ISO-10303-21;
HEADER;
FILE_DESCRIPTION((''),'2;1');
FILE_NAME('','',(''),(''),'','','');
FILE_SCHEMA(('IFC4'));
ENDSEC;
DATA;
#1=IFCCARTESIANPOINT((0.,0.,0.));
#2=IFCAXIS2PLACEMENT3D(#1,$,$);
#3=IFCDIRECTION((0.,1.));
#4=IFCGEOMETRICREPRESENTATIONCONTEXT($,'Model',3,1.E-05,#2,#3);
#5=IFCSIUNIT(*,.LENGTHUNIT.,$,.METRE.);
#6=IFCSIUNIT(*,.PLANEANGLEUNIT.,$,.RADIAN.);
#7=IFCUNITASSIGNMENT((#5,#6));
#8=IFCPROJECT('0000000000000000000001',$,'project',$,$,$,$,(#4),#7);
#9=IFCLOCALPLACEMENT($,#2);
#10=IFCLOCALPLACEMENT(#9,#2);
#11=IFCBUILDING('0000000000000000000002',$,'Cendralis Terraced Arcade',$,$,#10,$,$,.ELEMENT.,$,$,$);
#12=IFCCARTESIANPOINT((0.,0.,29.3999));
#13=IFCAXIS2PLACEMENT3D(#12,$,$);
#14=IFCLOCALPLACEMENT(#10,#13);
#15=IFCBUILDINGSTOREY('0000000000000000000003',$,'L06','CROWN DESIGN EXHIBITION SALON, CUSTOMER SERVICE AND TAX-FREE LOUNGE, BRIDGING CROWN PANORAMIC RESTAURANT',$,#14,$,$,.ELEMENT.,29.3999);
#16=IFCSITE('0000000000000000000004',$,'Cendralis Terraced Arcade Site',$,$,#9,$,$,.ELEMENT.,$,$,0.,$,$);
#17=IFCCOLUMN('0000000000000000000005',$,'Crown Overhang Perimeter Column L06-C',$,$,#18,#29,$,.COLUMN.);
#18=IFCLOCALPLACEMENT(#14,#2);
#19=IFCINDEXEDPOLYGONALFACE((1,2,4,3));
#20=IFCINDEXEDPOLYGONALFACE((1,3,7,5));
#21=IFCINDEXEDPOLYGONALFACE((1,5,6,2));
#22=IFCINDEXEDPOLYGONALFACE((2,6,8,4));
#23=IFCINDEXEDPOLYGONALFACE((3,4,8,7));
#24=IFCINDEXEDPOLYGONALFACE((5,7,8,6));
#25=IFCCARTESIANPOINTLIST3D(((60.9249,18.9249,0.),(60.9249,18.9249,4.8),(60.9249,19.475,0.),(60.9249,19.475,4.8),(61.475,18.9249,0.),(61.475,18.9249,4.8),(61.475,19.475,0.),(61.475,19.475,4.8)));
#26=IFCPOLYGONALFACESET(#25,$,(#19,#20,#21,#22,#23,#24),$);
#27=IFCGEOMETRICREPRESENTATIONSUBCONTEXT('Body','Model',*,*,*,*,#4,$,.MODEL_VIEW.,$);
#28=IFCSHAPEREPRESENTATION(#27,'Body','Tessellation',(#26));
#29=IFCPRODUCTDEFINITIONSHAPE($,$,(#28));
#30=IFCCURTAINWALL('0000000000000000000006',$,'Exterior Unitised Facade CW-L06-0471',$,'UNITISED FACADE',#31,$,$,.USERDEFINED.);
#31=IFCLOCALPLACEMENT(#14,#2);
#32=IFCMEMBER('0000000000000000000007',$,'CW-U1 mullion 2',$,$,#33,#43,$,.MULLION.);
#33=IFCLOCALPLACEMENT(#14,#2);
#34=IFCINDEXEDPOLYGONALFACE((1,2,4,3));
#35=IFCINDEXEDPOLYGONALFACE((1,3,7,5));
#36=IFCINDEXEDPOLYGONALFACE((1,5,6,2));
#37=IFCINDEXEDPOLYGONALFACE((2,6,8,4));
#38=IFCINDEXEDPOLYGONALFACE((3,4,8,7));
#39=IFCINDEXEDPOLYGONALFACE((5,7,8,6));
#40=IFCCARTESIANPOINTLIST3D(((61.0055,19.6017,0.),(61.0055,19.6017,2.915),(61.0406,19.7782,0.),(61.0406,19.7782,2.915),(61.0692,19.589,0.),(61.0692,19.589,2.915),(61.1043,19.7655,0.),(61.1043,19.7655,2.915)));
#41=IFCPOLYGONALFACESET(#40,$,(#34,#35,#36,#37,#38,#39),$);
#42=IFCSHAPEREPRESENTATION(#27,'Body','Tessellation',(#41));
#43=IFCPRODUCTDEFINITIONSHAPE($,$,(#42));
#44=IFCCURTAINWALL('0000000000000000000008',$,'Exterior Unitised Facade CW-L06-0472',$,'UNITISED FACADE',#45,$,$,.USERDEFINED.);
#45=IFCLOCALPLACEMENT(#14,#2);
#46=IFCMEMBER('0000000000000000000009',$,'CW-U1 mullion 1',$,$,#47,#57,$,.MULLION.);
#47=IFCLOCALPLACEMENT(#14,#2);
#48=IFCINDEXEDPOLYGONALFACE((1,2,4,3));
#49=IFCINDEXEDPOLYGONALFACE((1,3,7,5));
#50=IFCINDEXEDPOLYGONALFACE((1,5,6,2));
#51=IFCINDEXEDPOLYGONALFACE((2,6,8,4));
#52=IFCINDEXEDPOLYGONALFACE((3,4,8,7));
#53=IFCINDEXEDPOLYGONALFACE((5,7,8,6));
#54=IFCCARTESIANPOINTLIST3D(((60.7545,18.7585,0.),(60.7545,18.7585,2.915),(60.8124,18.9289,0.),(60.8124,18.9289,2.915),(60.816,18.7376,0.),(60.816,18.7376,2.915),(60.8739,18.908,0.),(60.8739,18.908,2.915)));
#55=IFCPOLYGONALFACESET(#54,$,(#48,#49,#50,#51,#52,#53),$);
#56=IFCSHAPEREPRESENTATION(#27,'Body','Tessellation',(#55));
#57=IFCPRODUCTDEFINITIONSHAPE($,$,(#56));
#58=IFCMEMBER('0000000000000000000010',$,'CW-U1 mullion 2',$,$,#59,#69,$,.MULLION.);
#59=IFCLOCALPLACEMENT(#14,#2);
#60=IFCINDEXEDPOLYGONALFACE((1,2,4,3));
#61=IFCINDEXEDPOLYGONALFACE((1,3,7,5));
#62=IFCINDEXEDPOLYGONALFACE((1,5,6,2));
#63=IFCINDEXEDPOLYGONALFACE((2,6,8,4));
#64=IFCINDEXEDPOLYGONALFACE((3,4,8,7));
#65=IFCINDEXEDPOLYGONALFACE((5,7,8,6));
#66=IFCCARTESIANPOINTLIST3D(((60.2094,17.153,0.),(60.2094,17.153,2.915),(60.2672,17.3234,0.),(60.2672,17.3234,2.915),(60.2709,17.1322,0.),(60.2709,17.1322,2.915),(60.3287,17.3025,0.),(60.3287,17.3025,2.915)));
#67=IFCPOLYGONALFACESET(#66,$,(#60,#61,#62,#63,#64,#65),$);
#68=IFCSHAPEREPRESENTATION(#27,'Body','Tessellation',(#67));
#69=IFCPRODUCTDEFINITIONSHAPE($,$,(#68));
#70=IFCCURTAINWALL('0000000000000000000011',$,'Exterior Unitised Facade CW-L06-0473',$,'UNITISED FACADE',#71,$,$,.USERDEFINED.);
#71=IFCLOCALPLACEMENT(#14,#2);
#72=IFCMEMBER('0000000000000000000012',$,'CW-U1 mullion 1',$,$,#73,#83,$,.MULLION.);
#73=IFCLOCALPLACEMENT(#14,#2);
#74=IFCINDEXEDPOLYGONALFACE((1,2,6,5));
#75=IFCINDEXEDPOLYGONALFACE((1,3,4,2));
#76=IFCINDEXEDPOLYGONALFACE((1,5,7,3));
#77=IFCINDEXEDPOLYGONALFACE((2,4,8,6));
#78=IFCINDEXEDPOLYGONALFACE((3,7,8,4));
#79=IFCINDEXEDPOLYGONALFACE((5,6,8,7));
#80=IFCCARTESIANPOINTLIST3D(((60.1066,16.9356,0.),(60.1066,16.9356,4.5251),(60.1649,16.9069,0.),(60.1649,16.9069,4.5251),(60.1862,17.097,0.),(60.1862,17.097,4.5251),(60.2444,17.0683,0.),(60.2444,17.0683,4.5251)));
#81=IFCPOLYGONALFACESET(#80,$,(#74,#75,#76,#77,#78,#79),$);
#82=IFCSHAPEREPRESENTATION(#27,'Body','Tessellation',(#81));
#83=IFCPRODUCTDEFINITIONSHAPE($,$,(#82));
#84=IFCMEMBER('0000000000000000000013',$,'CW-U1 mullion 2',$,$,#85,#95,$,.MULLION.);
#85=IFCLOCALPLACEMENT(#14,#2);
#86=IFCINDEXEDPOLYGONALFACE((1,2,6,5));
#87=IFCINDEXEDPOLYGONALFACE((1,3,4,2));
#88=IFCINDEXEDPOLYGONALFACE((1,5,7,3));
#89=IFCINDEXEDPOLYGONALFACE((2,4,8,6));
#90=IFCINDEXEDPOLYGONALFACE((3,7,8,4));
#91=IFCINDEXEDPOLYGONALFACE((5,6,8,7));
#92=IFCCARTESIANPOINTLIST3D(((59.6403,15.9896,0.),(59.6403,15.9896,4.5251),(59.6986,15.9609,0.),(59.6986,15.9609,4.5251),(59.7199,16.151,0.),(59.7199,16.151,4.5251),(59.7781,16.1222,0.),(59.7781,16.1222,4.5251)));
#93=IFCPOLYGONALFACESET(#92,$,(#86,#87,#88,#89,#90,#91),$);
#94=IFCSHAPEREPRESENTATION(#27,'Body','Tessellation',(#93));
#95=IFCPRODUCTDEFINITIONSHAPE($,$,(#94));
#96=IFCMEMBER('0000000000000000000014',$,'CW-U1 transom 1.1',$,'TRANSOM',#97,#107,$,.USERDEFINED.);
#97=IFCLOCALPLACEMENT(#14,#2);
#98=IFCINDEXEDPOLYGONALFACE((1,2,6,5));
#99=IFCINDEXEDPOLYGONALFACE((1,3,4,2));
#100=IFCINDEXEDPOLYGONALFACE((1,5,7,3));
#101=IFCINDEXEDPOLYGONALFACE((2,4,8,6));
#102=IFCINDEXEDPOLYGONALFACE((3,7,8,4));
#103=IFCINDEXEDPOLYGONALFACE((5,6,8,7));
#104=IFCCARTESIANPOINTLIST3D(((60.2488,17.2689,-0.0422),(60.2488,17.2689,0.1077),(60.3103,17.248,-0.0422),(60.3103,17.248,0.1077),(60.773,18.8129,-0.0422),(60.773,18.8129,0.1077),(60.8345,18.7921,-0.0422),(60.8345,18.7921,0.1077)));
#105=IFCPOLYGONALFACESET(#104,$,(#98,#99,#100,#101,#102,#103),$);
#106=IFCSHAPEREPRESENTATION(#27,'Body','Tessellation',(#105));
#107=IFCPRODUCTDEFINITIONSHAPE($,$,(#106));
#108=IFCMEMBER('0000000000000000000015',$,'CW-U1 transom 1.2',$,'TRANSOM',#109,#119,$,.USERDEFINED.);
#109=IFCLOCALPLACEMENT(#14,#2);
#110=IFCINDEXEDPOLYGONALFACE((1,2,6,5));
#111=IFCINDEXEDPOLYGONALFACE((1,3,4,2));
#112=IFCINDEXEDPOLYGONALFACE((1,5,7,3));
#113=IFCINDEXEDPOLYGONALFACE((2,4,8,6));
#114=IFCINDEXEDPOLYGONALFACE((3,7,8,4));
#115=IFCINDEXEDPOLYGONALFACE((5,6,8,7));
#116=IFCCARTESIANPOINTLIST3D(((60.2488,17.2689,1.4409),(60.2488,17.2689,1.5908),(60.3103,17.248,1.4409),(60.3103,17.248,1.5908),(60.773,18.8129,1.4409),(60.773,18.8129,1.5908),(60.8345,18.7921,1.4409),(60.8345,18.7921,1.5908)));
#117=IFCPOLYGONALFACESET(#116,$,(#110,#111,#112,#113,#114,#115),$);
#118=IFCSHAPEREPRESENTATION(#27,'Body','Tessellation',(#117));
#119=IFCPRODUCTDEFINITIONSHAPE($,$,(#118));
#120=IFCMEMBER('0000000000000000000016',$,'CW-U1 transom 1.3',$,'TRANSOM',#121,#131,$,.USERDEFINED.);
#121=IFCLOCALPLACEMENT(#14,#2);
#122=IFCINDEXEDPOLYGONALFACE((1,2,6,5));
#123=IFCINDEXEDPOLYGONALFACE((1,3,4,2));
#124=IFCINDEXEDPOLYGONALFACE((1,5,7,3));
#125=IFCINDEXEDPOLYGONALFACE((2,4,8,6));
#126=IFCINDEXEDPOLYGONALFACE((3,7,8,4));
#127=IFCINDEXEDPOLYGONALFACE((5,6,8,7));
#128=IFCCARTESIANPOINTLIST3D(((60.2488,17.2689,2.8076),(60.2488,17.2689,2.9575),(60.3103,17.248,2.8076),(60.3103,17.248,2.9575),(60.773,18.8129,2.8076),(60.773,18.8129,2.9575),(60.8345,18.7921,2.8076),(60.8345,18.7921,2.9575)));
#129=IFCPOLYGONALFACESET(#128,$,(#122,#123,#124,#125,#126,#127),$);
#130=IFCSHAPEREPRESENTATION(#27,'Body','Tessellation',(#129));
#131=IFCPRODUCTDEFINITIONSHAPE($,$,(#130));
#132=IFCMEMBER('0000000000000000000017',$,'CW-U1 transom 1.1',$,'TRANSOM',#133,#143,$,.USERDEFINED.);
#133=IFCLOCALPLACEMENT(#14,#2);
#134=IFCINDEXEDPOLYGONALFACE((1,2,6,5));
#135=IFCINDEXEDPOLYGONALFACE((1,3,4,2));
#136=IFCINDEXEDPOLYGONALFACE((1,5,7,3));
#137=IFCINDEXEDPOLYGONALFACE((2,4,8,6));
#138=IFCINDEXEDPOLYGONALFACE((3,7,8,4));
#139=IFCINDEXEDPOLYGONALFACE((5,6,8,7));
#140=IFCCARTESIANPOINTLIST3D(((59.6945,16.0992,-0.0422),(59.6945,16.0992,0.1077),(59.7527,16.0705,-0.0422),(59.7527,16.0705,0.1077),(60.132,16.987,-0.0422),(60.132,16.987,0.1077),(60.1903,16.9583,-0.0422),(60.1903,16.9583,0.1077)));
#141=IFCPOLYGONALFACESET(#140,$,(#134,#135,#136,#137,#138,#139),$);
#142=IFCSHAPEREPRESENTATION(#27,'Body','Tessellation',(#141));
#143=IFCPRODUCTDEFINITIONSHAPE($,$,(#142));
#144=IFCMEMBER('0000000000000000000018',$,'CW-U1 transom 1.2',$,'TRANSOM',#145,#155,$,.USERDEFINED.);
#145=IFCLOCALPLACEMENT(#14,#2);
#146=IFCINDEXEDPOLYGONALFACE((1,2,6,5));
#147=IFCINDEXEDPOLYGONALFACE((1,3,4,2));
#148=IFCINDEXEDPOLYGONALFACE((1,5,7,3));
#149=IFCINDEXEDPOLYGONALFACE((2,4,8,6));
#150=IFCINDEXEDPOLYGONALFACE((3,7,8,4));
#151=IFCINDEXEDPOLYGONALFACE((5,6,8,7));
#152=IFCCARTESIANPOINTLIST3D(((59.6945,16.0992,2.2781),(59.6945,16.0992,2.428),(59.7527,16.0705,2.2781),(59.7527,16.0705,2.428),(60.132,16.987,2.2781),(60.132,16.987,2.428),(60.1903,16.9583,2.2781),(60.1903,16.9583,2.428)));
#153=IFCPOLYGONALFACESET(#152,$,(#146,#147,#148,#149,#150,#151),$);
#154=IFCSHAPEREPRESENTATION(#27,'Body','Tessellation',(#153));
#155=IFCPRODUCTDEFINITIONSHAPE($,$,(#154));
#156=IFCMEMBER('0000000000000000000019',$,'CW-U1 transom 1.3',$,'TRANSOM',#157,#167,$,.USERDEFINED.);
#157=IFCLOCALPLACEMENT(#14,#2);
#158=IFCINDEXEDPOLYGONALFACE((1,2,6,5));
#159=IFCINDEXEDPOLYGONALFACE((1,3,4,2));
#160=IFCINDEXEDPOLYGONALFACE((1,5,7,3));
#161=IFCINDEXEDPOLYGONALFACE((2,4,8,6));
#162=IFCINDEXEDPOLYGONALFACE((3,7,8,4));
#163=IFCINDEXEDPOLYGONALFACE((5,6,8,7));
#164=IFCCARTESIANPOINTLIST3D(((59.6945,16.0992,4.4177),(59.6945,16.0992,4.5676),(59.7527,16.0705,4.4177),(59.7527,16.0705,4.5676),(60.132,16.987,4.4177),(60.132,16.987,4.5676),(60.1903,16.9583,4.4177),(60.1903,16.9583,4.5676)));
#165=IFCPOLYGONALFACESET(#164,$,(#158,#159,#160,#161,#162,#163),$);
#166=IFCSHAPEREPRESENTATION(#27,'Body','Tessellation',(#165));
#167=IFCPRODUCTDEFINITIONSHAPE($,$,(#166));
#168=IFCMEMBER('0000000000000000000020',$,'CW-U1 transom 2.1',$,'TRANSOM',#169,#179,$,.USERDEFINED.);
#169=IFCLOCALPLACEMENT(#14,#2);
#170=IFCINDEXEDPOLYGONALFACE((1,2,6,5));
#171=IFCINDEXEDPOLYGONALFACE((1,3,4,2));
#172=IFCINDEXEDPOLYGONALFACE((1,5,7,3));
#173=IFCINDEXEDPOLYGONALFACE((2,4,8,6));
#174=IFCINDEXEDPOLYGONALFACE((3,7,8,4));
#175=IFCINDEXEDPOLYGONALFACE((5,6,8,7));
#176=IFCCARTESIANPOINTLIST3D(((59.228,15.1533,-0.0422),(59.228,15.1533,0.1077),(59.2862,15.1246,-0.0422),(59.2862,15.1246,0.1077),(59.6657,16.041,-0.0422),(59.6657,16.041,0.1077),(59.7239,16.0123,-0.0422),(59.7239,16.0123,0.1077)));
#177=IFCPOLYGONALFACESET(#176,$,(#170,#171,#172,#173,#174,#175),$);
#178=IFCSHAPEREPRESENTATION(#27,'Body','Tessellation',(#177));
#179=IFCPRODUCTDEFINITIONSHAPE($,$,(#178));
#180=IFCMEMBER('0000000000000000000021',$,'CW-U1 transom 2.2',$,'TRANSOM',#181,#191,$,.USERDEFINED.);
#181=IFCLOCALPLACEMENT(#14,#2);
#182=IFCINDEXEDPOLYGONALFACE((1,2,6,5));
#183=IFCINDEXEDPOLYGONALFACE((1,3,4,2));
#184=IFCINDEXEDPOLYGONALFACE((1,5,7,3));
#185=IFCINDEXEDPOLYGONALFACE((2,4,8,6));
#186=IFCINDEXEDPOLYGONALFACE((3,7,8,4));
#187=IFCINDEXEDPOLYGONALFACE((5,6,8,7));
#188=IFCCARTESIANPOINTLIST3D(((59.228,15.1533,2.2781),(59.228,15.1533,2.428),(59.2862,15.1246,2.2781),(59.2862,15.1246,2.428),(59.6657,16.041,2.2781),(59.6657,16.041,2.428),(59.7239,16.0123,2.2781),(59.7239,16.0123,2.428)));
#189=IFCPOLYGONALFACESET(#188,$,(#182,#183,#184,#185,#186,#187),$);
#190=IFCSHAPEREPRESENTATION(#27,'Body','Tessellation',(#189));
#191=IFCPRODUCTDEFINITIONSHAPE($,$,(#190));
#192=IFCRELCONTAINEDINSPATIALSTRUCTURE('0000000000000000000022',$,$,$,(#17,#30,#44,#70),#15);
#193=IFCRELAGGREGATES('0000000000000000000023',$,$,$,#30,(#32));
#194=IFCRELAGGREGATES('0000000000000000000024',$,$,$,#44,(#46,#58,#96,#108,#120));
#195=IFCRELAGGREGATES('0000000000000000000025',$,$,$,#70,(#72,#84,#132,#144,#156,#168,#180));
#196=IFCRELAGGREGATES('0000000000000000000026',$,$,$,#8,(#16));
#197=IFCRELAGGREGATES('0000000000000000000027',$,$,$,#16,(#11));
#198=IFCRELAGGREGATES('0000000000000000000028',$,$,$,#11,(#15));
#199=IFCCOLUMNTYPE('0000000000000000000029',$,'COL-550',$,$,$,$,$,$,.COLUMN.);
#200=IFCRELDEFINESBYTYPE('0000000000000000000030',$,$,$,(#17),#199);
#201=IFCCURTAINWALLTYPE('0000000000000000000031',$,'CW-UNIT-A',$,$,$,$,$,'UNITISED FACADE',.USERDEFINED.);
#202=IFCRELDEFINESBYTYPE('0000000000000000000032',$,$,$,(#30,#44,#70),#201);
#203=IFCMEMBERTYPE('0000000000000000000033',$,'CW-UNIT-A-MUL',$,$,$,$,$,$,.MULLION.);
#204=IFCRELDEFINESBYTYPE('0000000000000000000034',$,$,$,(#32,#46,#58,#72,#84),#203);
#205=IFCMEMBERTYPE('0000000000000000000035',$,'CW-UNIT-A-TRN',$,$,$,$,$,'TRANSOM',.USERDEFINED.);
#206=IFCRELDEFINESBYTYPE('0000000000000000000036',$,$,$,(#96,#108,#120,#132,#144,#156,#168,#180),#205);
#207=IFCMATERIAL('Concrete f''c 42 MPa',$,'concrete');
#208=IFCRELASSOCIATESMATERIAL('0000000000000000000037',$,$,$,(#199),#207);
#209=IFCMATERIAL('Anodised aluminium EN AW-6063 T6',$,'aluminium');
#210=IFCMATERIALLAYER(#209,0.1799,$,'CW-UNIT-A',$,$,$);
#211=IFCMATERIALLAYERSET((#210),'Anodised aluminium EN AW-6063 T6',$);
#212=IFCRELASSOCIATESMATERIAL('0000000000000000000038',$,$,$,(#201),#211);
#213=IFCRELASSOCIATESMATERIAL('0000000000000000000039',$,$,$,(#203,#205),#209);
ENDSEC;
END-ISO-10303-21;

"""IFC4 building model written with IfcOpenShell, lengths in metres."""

from ifc_helpers import new_model, si_unit, direction, frame, origin, origin_2d, place, context, subcontext, project, spatial, rectangle, extrude, material, layer, layer_set, material_profile, profile_set, type_object, element, aggregate, save


model = new_model("IFC4")

# Units and contexts
model_context = context("Model", 3, precision=1e-05, world=origin(), true_north=direction((0.0, 1.0)))
body_context = subcontext(model_context, "Body", "Model", "MODEL_VIEW")
ifc_project = project(units=[si_unit("LENGTHUNIT", "METRE"), si_unit("PLANEANGLEUNIT", "RADIAN")], contexts=[model_context])

# Site, building, storey
site_placement = place(None, origin())
site = spatial("IfcSite", under=ifc_project, at=site_placement, Name="Cendralis Terraced Arcade Site", CompositionType="ELEMENT", RefElevation=0.0)
building_placement = place(site_placement, origin())
building = spatial("IfcBuilding", under=site, at=building_placement, Name="Cendralis Terraced Arcade", CompositionType="ELEMENT")
storey_placement = place(building_placement, frame((0.0, 0.0, 29.3999)))
storey = spatial("IfcBuildingStorey", under=building, at=storey_placement, Name="L06", Description="CROWN DESIGN EXHIBITION SALON, CUSTOMER SERVICE AND TAX-FREE LOUNGE, BRIDGING CROWN PANORAMIC RESTAURANT", CompositionType="ELEMENT", Elevation=29.3999)

# Column
ifc_material_1 = material(Name="Concrete f'c 42 MPa", Category="concrete")
ifc_material_profile_1 = material_profile(ifc_material_1, rectangle(XDim=0.55, YDim=0.55, at=origin_2d()), Name="RC-COL-550x550", Category="LoadBearing")
ifc_profile_set_1 = profile_set([ifc_material_profile_1], Name="Concrete f'c 42 MPa")
column_type = type_object("IfcColumnType", Name="COL-550", PredefinedType="COLUMN", material=ifc_profile_set_1)
column_placement = place(storey_placement, frame((61.2, 19.2, 0.0), z_axis=(0.0, 0.0, 1.0), x_axis=(1.0, 0.0, 0.0)))
element("IfcColumn", 1, at=column_placement, inside=storey, type_object=column_type, Name="Crown Overhang Perimeter Column L06-C", PredefinedType="COLUMN", context=body_context, shape_type="SweptSolid", body=[
    extrude(rectangle(XDim=0.55, YDim=0.55, at=origin_2d()), origin(), (0.0, 0.0, 1.0), 4.8),
])

# Curtain wall, member
ifc_material_2 = material(Name="Anodised aluminium EN AW-6063 T6", Category="aluminium")
ifc_layer_1 = layer(ifc_material_2, 0.1799, Name="CW-UNIT-A")
ifc_layer_set_1 = layer_set([ifc_layer_1], Name="Anodised aluminium EN AW-6063 T6")
curtain_wall_type = type_object("IfcCurtainWallType", Name="CW-UNIT-A", ElementType="UNITISED FACADE", PredefinedType="USERDEFINED", material=ifc_layer_set_1)
curtain_wall_1_placement = place(storey_placement, origin())
curtain_wall_1 = element("IfcCurtainWall", 2, at=curtain_wall_1_placement, inside=storey, type_object=curtain_wall_type, Name="Exterior Unitised Facade CW-L06-0471", ObjectType="UNITISED FACADE", PredefinedType="USERDEFINED")
ifc_material_profile_2 = material_profile(ifc_material_2, rectangle(XDim=0.0649, YDim=0.1799, at=origin_2d()), Name="ALU-MUL-65x180")
ifc_profile_set_2 = profile_set([ifc_material_profile_2], Name="Anodised aluminium EN AW-6063 T6")
member_type_1 = type_object("IfcMemberType", Name="CW-UNIT-A-MUL", PredefinedType="MULLION", material=ifc_profile_set_2)
member_1_placement = place(storey_placement, frame((61.0549, 19.6836, 0.0), z_axis=(0.0, 0.0, 1.0), x_axis=(0.980799, -0.19502, 0.0)))
member_1 = element("IfcMember", 3, at=member_1_placement, type_object=member_type_1, Name="CW-U1 mullion 2", PredefinedType="MULLION", context=body_context, shape_type="SweptSolid", body=[
    extrude(rectangle(XDim=0.0649, YDim=0.1799, at=origin_2d()), origin(), (0.0, 0.0, 1.0), 2.915),
])
aggregate(curtain_wall_1, [member_1])

# Curtain walls, members
curtain_wall_2_placement = place(storey_placement, origin())
curtain_wall_2 = element("IfcCurtainWall", 4, at=curtain_wall_2_placement, inside=storey, type_object=curtain_wall_type, Name="Exterior Unitised Facade CW-L06-0472", ObjectType="UNITISED FACADE", PredefinedType="USERDEFINED")
member_2_placement = place(storey_placement, frame((60.8142, 18.8333, 0.0), z_axis=(0.0, 0.0, 1.0), x_axis=(0.946914, -0.321488, 0.0)))
member_2 = element("IfcMember", 5, at=member_2_placement, type_object=member_type_1, Name="CW-U1 mullion 1", PredefinedType="MULLION", context=body_context, shape_type="SweptSolid", body=[
    extrude(rectangle(XDim=0.0649, YDim=0.1799, at=origin_2d()), origin(), (0.0, 0.0, 1.0), 2.915),
])
member_3_placement = place(storey_placement, frame((60.269, 17.2278, 0.0), z_axis=(0.0, 0.0, 1.0), x_axis=(0.946914, -0.321488, 0.0)))
member_3 = element("IfcMember", 6, at=member_3_placement, type_object=member_type_1, Name="CW-U1 mullion 2", PredefinedType="MULLION", context=body_context, shape_type="SweptSolid", body=[
    extrude(rectangle(XDim=0.0649, YDim=0.1799, at=origin_2d()), origin(), (0.0, 0.0, 1.0), 2.915),
])
curtain_wall_3_placement = place(storey_placement, origin())
curtain_wall_3 = element("IfcCurtainWall", 7, at=curtain_wall_3_placement, inside=storey, type_object=curtain_wall_type, Name="Exterior Unitised Facade CW-L06-0473", ObjectType="UNITISED FACADE", PredefinedType="USERDEFINED")
member_4_placement = place(storey_placement, frame((60.1755, 17.002, 0.0), z_axis=(0.0, 0.0, 1.0), x_axis=(0.896888, -0.442259, 0.0)))
member_4 = element("IfcMember", 8, at=member_4_placement, type_object=member_type_1, Name="CW-U1 mullion 1", PredefinedType="MULLION", context=body_context, shape_type="SweptSolid", body=[
    extrude(rectangle(XDim=0.0649, YDim=0.1799, at=origin_2d()), origin(), (0.0, 0.0, 1.0), 4.5251),
])
member_5_placement = place(storey_placement, frame((59.7092, 16.0559, 0.0), z_axis=(0.0, 0.0, 1.0), x_axis=(0.896888, -0.442259, 0.0)))
member_5 = element("IfcMember", 9, at=member_5_placement, type_object=member_type_1, Name="CW-U1 mullion 2", PredefinedType="MULLION", context=body_context, shape_type="SweptSolid", body=[
    extrude(rectangle(XDim=0.0649, YDim=0.1799, at=origin_2d()), origin(), (0.0, 0.0, 1.0), 4.5251),
])

# Members
ifc_material_profile_3 = material_profile(ifc_material_2, rectangle(XDim=0.0649, YDim=0.1499, at=origin_2d()), Name="ALU-TRN-65x150")
ifc_profile_set_3 = profile_set([ifc_material_profile_3], Name="Anodised aluminium EN AW-6063 T6")
member_type_2 = type_object("IfcMemberType", Name="CW-UNIT-A-TRN", ElementType="TRANSOM", PredefinedType="USERDEFINED", material=ifc_profile_set_3)
member_6_placement = place(storey_placement, frame((60.8037, 18.8025, 0.0327), z_axis=(-0.321479, -0.946917, 0.0), x_axis=(0.946917, -0.321479, 0.0)))
member_6 = element("IfcMember", 10, at=member_6_placement, type_object=member_type_2, Name="CW-U1 transom 1.1", ObjectType="TRANSOM", PredefinedType="USERDEFINED", context=body_context, shape_type="SweptSolid", body=[
    extrude(rectangle(XDim=0.0649, YDim=0.1499, at=origin_2d()), origin(), (0.0, 0.0, 1.0), 1.6306),
])
member_7_placement = place(storey_placement, frame((60.8037, 18.8025, 1.5159), z_axis=(-0.321479, -0.946917, 0.0), x_axis=(0.946917, -0.321479, 0.0)))
member_7 = element("IfcMember", 11, at=member_7_placement, type_object=member_type_2, Name="CW-U1 transom 1.2", ObjectType="TRANSOM", PredefinedType="USERDEFINED", context=body_context, shape_type="SweptSolid", body=[
    extrude(rectangle(XDim=0.0649, YDim=0.1499, at=origin_2d()), origin(), (0.0, 0.0, 1.0), 1.6306),
])
member_8_placement = place(storey_placement, frame((60.8037, 18.8025, 2.8826), z_axis=(-0.321479, -0.946917, 0.0), x_axis=(0.946917, -0.321479, 0.0)))
member_8 = element("IfcMember", 12, at=member_8_placement, type_object=member_type_2, Name="CW-U1 transom 1.3", ObjectType="TRANSOM", PredefinedType="USERDEFINED", context=body_context, shape_type="SweptSolid", body=[
    extrude(rectangle(XDim=0.0649, YDim=0.1499, at=origin_2d()), origin(), (0.0, 0.0, 1.0), 1.6306),
])
member_9_placement = place(storey_placement, frame((60.1611, 16.9727, 0.0327), z_axis=(-0.442075, -0.896978, 0.0), x_axis=(0.896978, -0.442075, 0.0)))
member_9 = element("IfcMember", 13, at=member_9_placement, type_object=member_type_2, Name="CW-U1 transom 1.1", ObjectType="TRANSOM", PredefinedType="USERDEFINED", context=body_context, shape_type="SweptSolid", body=[
    extrude(rectangle(XDim=0.0649, YDim=0.1499, at=origin_2d()), origin(), (0.0, 0.0, 1.0), 0.9897),
])
member_10_placement = place(storey_placement, frame((60.1611, 16.9727, 2.353), z_axis=(-0.442075, -0.896978, 0.0), x_axis=(0.896978, -0.442075, 0.0)))
member_10 = element("IfcMember", 14, at=member_10_placement, type_object=member_type_2, Name="CW-U1 transom 1.2", ObjectType="TRANSOM", PredefinedType="USERDEFINED", context=body_context, shape_type="SweptSolid", body=[
    extrude(rectangle(XDim=0.0649, YDim=0.1499, at=origin_2d()), origin(), (0.0, 0.0, 1.0), 0.9897),
])
member_11_placement = place(storey_placement, frame((60.1611, 16.9727, 4.4927), z_axis=(-0.442075, -0.896978, 0.0), x_axis=(0.896978, -0.442075, 0.0)))
member_11 = element("IfcMember", 15, at=member_11_placement, type_object=member_type_2, Name="CW-U1 transom 1.3", ObjectType="TRANSOM", PredefinedType="USERDEFINED", context=body_context, shape_type="SweptSolid", body=[
    extrude(rectangle(XDim=0.0649, YDim=0.1499, at=origin_2d()), origin(), (0.0, 0.0, 1.0), 0.9897),
])
member_12_placement = place(storey_placement, frame((59.6948, 16.0266, 0.0327), z_axis=(-0.442273, -0.89688, 0.0), x_axis=(0.89688, -0.442273, 0.0)))
member_12 = element("IfcMember", 16, at=member_12_placement, type_object=member_type_2, Name="CW-U1 transom 2.1", ObjectType="TRANSOM", PredefinedType="USERDEFINED", context=body_context, shape_type="SweptSolid", body=[
    extrude(rectangle(XDim=0.0649, YDim=0.1499, at=origin_2d()), origin(), (0.0, 0.0, 1.0), 0.9897),
])
member_13_placement = place(storey_placement, frame((59.6948, 16.0266, 2.353), z_axis=(-0.442273, -0.89688, 0.0), x_axis=(0.89688, -0.442273, 0.0)))
member_13 = element("IfcMember", 17, at=member_13_placement, type_object=member_type_2, Name="CW-U1 transom 2.2", ObjectType="TRANSOM", PredefinedType="USERDEFINED", context=body_context, shape_type="SweptSolid", body=[
    extrude(rectangle(XDim=0.0649, YDim=0.1499, at=origin_2d()), origin(), (0.0, 0.0, 1.0), 0.9897),
])

aggregate(curtain_wall_2, [member_2, member_3, member_6, member_7, member_8])
aggregate(curtain_wall_3, [member_4, member_5, member_9, member_10, member_11, member_12, member_13])

save(model, "model.ifc")
